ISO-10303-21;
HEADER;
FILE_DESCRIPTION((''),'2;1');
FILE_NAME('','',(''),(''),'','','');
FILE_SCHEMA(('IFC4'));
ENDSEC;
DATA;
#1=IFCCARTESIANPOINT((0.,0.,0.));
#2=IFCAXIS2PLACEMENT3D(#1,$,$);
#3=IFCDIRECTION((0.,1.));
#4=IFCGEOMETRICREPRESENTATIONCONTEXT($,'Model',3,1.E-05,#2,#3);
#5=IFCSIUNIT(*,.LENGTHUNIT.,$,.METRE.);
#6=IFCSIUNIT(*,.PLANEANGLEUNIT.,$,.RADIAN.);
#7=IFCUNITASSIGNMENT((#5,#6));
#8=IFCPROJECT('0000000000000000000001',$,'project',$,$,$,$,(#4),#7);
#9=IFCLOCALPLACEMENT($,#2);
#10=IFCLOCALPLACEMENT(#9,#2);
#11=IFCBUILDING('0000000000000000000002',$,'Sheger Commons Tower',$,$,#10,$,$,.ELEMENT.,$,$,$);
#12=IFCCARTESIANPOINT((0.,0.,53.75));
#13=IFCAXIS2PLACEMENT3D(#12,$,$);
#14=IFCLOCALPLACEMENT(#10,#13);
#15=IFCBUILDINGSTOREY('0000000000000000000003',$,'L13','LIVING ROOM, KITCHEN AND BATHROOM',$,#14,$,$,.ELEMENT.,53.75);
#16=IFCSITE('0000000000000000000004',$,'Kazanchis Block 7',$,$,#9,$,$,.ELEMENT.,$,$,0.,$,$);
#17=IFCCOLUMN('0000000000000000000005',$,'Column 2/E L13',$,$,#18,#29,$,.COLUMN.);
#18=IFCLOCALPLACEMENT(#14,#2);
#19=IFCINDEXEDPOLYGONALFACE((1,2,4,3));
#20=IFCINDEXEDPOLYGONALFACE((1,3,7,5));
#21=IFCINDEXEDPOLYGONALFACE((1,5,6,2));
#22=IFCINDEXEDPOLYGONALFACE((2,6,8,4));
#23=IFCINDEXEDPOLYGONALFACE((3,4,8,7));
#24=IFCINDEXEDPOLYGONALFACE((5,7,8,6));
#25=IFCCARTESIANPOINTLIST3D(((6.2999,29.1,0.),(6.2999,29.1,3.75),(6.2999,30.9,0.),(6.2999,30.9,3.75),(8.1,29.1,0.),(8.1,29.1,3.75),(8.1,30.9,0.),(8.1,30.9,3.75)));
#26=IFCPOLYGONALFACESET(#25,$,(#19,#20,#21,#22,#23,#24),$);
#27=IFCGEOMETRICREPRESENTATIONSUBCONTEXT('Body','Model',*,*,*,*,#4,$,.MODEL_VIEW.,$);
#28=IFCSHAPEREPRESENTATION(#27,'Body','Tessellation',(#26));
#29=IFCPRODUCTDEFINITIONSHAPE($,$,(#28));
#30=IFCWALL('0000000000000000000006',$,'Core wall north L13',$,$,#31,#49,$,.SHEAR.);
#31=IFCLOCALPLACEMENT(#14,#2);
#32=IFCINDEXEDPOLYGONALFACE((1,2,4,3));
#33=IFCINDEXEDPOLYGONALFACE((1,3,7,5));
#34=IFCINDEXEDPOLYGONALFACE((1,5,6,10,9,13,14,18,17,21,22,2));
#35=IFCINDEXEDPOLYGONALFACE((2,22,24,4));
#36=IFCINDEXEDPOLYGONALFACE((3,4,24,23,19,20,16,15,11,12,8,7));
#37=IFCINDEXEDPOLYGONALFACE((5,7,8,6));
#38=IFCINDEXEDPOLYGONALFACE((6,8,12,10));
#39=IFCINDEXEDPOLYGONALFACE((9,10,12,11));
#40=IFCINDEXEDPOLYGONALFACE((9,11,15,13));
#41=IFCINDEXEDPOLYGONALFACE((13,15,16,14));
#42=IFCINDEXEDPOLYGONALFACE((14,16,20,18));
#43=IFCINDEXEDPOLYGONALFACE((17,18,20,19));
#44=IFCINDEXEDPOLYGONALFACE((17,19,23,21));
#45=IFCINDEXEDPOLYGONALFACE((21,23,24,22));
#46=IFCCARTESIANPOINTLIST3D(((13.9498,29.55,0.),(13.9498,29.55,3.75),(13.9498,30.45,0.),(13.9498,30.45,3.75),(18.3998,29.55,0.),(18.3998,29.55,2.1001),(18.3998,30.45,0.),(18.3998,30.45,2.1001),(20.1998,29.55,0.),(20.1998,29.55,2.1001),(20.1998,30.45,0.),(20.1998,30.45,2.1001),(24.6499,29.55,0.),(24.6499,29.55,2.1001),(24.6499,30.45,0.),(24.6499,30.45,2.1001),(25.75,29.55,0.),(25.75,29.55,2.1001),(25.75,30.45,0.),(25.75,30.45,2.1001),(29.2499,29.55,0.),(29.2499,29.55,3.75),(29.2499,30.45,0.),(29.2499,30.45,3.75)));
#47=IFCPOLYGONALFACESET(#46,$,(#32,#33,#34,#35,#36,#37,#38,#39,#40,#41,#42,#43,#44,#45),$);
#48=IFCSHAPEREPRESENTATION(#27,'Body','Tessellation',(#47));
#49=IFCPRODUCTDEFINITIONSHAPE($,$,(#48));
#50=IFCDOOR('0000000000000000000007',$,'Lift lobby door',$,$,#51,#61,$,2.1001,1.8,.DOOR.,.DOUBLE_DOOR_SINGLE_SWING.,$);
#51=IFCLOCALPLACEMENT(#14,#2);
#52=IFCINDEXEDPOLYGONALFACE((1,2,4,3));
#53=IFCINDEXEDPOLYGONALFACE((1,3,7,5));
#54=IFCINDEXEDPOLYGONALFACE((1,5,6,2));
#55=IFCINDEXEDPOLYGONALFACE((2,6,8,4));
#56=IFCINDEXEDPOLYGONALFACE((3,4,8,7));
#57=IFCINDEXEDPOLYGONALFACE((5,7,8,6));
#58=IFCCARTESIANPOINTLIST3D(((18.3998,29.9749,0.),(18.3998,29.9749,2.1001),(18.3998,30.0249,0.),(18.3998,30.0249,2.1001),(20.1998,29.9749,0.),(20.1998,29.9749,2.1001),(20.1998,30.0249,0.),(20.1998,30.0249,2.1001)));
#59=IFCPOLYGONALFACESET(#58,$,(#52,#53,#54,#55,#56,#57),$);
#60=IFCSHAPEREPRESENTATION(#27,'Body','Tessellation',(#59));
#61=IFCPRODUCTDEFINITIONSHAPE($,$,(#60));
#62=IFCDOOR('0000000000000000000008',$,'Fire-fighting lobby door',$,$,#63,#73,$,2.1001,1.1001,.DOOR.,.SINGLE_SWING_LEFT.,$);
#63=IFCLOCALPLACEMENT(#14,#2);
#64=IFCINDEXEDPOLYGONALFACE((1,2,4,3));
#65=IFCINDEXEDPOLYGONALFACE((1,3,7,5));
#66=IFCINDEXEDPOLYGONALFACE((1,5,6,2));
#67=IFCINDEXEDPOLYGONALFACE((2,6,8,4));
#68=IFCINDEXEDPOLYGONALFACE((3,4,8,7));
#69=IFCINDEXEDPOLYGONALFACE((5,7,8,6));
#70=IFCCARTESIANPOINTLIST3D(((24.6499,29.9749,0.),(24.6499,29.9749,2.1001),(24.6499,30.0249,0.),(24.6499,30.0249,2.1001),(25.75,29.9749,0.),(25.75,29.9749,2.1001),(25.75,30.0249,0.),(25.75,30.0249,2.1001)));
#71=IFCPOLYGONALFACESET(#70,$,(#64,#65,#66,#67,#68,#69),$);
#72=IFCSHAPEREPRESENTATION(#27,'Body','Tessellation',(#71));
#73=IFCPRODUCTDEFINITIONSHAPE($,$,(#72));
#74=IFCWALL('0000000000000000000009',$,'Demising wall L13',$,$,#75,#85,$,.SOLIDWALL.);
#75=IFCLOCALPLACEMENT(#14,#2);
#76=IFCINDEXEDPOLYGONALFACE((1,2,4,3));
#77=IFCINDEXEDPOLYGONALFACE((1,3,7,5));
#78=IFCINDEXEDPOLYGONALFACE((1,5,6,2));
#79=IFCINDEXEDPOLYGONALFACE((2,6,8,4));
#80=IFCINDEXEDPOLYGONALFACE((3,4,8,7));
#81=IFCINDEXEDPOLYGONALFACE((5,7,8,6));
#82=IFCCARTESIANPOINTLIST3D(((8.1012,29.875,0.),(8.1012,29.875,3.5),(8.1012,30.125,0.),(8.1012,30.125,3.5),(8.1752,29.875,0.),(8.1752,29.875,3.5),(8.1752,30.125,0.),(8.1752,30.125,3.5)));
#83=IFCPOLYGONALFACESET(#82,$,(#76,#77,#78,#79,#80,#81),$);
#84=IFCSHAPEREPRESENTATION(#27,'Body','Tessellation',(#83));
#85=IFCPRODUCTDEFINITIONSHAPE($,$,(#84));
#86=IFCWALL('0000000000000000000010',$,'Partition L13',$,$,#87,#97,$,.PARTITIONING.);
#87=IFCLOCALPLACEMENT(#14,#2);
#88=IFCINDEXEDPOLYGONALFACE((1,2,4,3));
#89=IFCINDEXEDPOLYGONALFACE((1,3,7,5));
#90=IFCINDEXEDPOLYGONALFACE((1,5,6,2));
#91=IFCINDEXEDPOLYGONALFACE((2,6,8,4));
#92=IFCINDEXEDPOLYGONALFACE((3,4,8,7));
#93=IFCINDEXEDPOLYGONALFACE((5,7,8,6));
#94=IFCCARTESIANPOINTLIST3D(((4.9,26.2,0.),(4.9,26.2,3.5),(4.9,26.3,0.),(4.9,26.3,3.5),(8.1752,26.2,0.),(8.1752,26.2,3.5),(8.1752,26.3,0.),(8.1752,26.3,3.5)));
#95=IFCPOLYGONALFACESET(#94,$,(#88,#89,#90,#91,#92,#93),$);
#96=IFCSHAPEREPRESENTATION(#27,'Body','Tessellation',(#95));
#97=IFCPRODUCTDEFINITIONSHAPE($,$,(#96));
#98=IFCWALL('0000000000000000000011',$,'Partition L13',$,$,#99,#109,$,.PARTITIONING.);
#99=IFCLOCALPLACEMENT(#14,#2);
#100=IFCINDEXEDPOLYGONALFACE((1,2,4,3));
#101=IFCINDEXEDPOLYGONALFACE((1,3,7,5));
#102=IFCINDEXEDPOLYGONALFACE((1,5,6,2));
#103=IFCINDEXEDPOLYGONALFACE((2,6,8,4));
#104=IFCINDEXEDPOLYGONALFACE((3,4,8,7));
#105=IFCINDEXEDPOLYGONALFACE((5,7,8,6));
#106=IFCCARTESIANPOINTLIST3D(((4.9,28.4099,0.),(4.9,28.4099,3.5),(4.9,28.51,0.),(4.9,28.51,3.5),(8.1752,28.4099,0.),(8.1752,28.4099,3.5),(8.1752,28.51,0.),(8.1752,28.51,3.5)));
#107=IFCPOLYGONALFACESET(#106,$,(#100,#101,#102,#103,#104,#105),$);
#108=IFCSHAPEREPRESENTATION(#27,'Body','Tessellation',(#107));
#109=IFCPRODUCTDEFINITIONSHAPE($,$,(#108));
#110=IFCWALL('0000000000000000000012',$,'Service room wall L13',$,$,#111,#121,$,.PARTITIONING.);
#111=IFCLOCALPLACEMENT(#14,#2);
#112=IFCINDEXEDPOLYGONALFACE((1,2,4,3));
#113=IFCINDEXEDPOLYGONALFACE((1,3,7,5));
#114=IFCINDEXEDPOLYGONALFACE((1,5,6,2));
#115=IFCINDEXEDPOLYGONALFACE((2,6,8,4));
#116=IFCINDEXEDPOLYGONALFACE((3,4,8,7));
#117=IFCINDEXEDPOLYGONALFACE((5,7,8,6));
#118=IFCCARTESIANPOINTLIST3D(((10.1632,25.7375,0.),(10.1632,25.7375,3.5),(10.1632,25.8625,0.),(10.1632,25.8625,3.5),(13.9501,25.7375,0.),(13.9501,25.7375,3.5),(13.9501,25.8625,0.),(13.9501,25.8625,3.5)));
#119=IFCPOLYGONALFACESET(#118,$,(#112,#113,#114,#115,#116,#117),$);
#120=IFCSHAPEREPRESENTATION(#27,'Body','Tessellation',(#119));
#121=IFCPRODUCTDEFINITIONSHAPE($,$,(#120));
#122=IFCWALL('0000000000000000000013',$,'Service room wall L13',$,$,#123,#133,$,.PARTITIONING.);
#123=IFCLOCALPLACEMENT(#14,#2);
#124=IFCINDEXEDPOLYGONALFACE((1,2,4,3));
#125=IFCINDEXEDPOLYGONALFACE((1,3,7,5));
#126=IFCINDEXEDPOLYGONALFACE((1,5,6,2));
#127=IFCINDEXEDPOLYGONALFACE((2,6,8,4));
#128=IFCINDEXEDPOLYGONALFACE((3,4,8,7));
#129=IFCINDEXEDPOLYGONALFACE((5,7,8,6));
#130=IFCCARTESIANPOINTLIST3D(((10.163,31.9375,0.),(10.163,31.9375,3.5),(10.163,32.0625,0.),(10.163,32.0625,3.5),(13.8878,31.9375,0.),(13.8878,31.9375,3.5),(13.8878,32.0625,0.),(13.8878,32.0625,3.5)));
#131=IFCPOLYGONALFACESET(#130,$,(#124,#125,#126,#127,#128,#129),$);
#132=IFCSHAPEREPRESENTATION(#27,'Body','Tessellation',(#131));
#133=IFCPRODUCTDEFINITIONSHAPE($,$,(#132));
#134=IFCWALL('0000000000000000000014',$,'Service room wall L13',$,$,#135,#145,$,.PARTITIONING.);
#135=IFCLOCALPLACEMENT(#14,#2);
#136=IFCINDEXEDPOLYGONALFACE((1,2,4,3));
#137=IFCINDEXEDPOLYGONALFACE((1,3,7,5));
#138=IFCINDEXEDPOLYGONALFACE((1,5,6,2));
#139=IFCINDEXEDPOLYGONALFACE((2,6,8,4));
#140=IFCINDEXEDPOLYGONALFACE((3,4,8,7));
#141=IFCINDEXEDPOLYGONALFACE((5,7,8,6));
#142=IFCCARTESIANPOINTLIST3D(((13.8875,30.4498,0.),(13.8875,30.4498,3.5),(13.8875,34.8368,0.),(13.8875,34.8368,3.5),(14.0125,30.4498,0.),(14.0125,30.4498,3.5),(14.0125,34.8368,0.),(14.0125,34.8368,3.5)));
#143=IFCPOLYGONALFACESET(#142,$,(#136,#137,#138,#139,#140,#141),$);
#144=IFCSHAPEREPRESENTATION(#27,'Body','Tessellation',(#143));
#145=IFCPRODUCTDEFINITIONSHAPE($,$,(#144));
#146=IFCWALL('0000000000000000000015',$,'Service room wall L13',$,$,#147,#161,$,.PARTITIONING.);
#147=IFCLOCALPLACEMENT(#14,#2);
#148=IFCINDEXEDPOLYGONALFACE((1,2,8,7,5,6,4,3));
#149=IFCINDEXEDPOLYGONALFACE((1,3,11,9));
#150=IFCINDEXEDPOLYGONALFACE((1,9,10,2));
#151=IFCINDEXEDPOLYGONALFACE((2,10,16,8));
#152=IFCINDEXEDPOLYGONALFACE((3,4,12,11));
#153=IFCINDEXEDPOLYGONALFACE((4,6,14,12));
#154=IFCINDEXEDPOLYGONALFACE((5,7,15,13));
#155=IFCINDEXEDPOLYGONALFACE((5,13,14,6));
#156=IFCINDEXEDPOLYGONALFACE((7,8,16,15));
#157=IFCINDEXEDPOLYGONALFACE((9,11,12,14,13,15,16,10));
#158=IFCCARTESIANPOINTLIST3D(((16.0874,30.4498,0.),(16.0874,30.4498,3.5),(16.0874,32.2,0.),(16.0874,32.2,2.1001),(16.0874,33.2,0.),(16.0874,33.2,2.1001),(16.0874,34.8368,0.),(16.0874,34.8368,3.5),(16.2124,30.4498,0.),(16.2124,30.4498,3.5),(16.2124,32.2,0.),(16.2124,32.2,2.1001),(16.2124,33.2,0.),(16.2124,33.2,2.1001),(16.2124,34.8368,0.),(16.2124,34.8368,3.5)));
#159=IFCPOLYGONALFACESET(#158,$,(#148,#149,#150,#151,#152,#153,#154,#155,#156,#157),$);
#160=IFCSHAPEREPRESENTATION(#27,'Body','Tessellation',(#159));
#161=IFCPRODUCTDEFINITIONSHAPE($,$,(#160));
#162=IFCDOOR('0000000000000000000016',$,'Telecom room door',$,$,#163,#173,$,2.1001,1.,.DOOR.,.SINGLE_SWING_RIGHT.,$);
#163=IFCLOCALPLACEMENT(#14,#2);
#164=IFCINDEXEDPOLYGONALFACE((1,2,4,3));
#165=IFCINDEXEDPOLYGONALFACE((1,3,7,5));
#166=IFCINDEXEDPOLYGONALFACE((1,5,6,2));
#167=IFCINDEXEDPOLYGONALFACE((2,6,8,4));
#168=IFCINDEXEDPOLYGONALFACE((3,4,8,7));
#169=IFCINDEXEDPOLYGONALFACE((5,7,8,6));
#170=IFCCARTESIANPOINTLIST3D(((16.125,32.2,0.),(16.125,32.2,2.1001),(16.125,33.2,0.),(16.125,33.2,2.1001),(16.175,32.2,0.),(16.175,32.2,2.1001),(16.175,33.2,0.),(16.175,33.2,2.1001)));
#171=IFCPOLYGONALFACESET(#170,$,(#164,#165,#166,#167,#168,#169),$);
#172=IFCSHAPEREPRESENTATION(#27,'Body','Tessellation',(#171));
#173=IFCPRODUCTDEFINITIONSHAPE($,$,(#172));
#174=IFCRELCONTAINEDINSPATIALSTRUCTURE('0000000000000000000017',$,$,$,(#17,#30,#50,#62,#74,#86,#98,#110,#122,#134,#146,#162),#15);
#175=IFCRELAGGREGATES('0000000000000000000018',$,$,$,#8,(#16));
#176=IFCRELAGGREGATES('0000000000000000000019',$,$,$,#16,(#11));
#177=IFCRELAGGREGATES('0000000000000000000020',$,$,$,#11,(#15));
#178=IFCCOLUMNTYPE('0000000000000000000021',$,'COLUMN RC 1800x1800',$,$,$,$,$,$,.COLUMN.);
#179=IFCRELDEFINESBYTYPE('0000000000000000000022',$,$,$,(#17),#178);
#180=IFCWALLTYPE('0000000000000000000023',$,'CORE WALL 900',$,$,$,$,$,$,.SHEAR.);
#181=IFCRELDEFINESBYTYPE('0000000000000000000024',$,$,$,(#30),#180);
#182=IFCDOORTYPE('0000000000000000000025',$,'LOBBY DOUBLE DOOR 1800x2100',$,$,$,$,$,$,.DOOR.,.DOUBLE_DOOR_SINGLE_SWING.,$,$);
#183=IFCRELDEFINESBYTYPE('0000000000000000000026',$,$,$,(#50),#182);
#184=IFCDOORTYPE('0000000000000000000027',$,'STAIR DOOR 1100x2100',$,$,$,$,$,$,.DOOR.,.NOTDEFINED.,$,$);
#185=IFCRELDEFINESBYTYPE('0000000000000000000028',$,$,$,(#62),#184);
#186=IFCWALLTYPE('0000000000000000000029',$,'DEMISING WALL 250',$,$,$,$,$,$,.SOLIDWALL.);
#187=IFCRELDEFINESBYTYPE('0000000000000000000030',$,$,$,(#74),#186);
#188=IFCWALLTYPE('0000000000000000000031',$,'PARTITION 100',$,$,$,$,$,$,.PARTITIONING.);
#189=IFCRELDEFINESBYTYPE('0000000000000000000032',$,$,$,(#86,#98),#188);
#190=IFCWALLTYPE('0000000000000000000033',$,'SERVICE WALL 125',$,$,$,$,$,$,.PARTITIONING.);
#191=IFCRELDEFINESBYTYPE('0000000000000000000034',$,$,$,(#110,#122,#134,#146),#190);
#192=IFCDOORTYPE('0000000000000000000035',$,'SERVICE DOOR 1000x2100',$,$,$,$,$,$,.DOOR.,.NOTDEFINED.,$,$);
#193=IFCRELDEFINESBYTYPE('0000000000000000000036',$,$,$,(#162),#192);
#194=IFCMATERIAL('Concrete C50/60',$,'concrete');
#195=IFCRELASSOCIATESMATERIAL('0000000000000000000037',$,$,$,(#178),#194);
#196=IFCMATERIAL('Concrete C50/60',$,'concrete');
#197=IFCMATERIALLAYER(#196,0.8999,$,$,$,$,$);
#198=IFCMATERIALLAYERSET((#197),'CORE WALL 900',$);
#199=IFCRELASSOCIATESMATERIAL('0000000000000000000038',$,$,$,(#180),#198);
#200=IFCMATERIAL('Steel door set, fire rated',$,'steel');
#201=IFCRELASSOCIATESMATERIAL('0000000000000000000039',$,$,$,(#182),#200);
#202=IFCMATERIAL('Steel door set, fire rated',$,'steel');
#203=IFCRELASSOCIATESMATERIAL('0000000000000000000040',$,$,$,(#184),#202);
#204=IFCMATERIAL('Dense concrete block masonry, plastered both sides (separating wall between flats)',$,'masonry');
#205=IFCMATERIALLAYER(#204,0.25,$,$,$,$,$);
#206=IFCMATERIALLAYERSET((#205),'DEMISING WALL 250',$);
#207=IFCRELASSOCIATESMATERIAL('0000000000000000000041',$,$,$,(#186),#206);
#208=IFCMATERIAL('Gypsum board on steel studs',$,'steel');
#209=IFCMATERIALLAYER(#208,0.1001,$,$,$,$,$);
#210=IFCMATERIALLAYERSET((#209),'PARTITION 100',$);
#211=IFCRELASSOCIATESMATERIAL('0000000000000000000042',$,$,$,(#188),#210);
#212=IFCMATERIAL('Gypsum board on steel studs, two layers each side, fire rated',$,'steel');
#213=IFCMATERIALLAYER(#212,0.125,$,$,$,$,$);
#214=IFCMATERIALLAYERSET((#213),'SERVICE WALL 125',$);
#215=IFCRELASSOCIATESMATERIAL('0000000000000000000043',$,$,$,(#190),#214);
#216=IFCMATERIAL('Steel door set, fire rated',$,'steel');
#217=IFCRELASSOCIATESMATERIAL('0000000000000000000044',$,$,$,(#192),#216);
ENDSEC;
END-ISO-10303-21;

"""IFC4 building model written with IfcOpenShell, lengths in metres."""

from ifc_helpers import new_model, si_unit, direction, frame, frame_2d, origin, origin_2d, place, context, subcontext, project, spatial, rectangle, extrude, material, layer, layer_set, material_profile, profile_set, type_object, element, fill, save


model = new_model("IFC4")

# Units and contexts
model_context = context("Model", 3, precision=1e-05, world=origin(), true_north=direction((0.0, 1.0)))
body_context = subcontext(model_context, "Body", "Model", "MODEL_VIEW")
ifc_project = project(units=[si_unit("LENGTHUNIT", "METRE"), si_unit("PLANEANGLEUNIT", "RADIAN")], contexts=[model_context])

# Site, building, storey
site_placement = place(None, origin())
site = spatial("IfcSite", under=ifc_project, at=site_placement, Name="Kazanchis Block 7", CompositionType="ELEMENT", RefElevation=0.0)
building_placement = place(site_placement, origin())
building = spatial("IfcBuilding", under=site, at=building_placement, Name="Sheger Commons Tower", CompositionType="ELEMENT")
storey_placement = place(building_placement, frame((0.0, 0.0, 53.75)))
storey = spatial("IfcBuildingStorey", under=building, at=storey_placement, Name="L13", Description="LIVING ROOM, KITCHEN AND BATHROOM", CompositionType="ELEMENT", Elevation=53.75)

# Column
ifc_material_1 = material(Name="Concrete C50/60", Category="concrete")
ifc_material_profile = material_profile(ifc_material_1, rectangle(XDim=1.8, YDim=1.8, at=origin_2d()), Name="RC 1800x1800")
ifc_profile_set = profile_set([ifc_material_profile], Name="Concrete C50/60")
column_type = type_object("IfcColumnType", Name="COLUMN RC 1800x1800", PredefinedType="COLUMN", material=ifc_profile_set)
column_placement = place(storey_placement, frame((7.2, 30.0, 0.0), z_axis=(0.0, 0.0, 1.0), x_axis=(1.0, 0.0, 0.0)))
element("IfcColumn", 1, at=column_placement, inside=storey, type_object=column_type, Name="Column 2/E L13", PredefinedType="COLUMN", context=body_context, shape_type="SweptSolid", body=[
    extrude(rectangle(XDim=1.8, YDim=1.8, at=origin_2d()), origin(), (0.0, 0.0, 1.0), 3.75),
])

# Wall, openings, doors
ifc_material_2 = material(Name="Concrete C50/60", Category="concrete")
ifc_layer_1 = layer(ifc_material_2, 0.8999)
ifc_layer_set_1 = layer_set([ifc_layer_1], Name="CORE WALL 900")
wall_type_1 = type_object("IfcWallType", Name="CORE WALL 900", PredefinedType="SHEAR", material=ifc_layer_set_1)
wall_1_placement = place(storey_placement, frame((13.95, 30.0, 0.0), z_axis=(0.0, 0.0, 1.0), x_axis=(1.0, 0.0, 0.0)))
wall_1 = element("IfcWall", 2, at=wall_1_placement, inside=storey, type_object=wall_type_1, Name="Core wall north L13", PredefinedType="SHEAR", context=body_context, shape_type="SweptSolid", body=[
    extrude(rectangle(XDim=15.3, YDim=0.8999, at=frame_2d((7.6499, 0.0))), origin(), (0.0, 0.0, 1.0), 3.75),
])
opening_1_placement = place(wall_1_placement, frame((4.45, 0.0, 0.0)))
opening_1 = element("IfcOpeningElement", 3, at=opening_1_placement, cuts=wall_1, PredefinedType="OPENING", context=body_context, shape_type="SweptSolid", body=[
    extrude(rectangle(XDim=1.8, YDim=2.1001, at=frame_2d((0.8999, 1.05))), frame((0.0, 0.46, 0.0), z_axis=(0.0, -1.0, 0.0), x_axis=(1.0, 0.0, 0.0)), (0.0, 0.0, 1.0), 0.9199),
])
opening_2_placement = place(wall_1_placement, frame((10.7, 0.0, 0.0)))
opening_2 = element("IfcOpeningElement", 4, at=opening_2_placement, cuts=wall_1, PredefinedType="OPENING", context=body_context, shape_type="SweptSolid", body=[
    extrude(rectangle(XDim=1.1001, YDim=2.1001, at=frame_2d((0.55, 1.05))), frame((0.0, 0.46, 0.0), z_axis=(0.0, -1.0, 0.0), x_axis=(1.0, 0.0, 0.0)), (0.0, 0.0, 1.0), 0.9199),
])
ifc_material_3 = material(Name="Steel door set, fire rated", Category="steel")
door_type_1 = type_object("IfcDoorType", Name="LOBBY DOUBLE DOOR 1800x2100", OperationType="DOUBLE_DOOR_SINGLE_SWING", PredefinedType="DOOR", material=ifc_material_3)
door_1_placement = place(opening_1_placement, origin())
door_1 = element("IfcDoor", 5, at=door_1_placement, inside=storey, type_object=door_type_1, Name="Lift lobby door", OperationType="DOUBLE_DOOR_SINGLE_SWING", OverallHeight=2.1001, OverallWidth=1.8, PredefinedType="DOOR", context=body_context, shape_type="SweptSolid", body=[
    extrude(rectangle(XDim=1.8, YDim=2.1001, at=frame_2d((0.8999, 1.05))), frame((0.0, 0.0249, 0.0), z_axis=(0.0, -1.0, 0.0), x_axis=(1.0, 0.0, 0.0)), (0.0, 0.0, 1.0), 0.05),
])
fill(opening_1, door_1)
ifc_material_4 = material(Name="Steel door set, fire rated", Category="steel")
door_type_2 = type_object("IfcDoorType", Name="STAIR DOOR 1100x2100", OperationType="NOTDEFINED", PredefinedType="DOOR", material=ifc_material_4)
door_2_placement = place(opening_2_placement, origin())
door_2 = element("IfcDoor", 6, at=door_2_placement, inside=storey, type_object=door_type_2, Name="Fire-fighting lobby door", OperationType="SINGLE_SWING_LEFT", OverallHeight=2.1001, OverallWidth=1.1001, PredefinedType="DOOR", context=body_context, shape_type="SweptSolid", body=[
    extrude(rectangle(XDim=1.1001, YDim=2.1001, at=frame_2d((0.55, 1.05))), frame((0.0, 0.0249, 0.0), z_axis=(0.0, -1.0, 0.0), x_axis=(1.0, 0.0, 0.0)), (0.0, 0.0, 1.0), 0.05),
])
fill(opening_2, door_2)

# Walls
ifc_material_5 = material(Name="Dense concrete block masonry, plastered both sides (separating wall between flats)", Category="masonry")
ifc_layer_2 = layer(ifc_material_5, 0.25)
ifc_layer_set_2 = layer_set([ifc_layer_2], Name="DEMISING WALL 250")
wall_type_2 = type_object("IfcWallType", Name="DEMISING WALL 250", PredefinedType="SOLIDWALL", material=ifc_layer_set_2)
wall_2_placement = place(storey_placement, frame((8.1011, 30.0, 0.0), z_axis=(0.0, 0.0, 1.0), x_axis=(1.0, 0.0, 0.0)))
element("IfcWall", 7, at=wall_2_placement, inside=storey, type_object=wall_type_2, Name="Demising wall L13", PredefinedType="SOLIDWALL", context=body_context, shape_type="SweptSolid", body=[
    extrude(rectangle(XDim=0.074, YDim=0.25, at=frame_2d((0.0371, 0.0))), origin(), (0.0, 0.0, 1.0), 3.5),
])
ifc_material_6 = material(Name="Gypsum board on steel studs", Category="steel")
ifc_layer_3 = layer(ifc_material_6, 0.1001)
ifc_layer_set_3 = layer_set([ifc_layer_3], Name="PARTITION 100")
wall_type_3 = type_object("IfcWallType", Name="PARTITION 100", PredefinedType="PARTITIONING", material=ifc_layer_set_3)
for number, where, z_axis, x_axis, name in (
    (8, (4.8999, 26.25, 0.0), (0.0, 0.0, 1.0), (1.0, 0.0, 0.0), "Partition L13"),
    (9, (4.8999, 28.46, 0.0), (0.0, 0.0, 1.0), (1.0, 0.0, 0.0), "Partition L13"),
):
    element("IfcWall", number, at=place(storey_placement, frame(where, z_axis=z_axis, x_axis=x_axis)), inside=storey, type_object=wall_type_3, Name=name, PredefinedType="PARTITIONING", context=body_context, shape_type="SweptSolid", body=[
        extrude(rectangle(XDim=3.2751, YDim=0.1001, at=frame_2d((1.6377, 0.0))), origin(), (0.0, 0.0, 1.0), 3.5),
    ])
ifc_material_7 = material(Name="Gypsum board on steel studs, two layers each side, fire rated", Category="steel")
ifc_layer_4 = layer(ifc_material_7, 0.125)
ifc_layer_set_4 = layer_set([ifc_layer_4], Name="SERVICE WALL 125")
wall_type_4 = type_object("IfcWallType", Name="SERVICE WALL 125", PredefinedType="PARTITIONING", material=ifc_layer_set_4)
wall_3_placement = place(storey_placement, frame((10.1631, 25.8, 0.0), z_axis=(0.0, 0.0, 1.0), x_axis=(1.0, 0.0, 0.0)))
element("IfcWall", 10, at=wall_3_placement, inside=storey, type_object=wall_type_4, Name="Service room wall L13", PredefinedType="PARTITIONING", context=body_context, shape_type="SweptSolid", body=[
    extrude(rectangle(XDim=3.7869, YDim=0.125, at=frame_2d((1.8936, 0.0))), origin(), (0.0, 0.0, 1.0), 3.5),
])
wall_4_placement = place(storey_placement, frame((10.1631, 32.0, 0.0), z_axis=(0.0, 0.0, 1.0), x_axis=(1.0, 0.0, 0.0)))
element("IfcWall", 11, at=wall_4_placement, inside=storey, type_object=wall_type_4, Name="Service room wall L13", PredefinedType="PARTITIONING", context=body_context, shape_type="SweptSolid", body=[
    extrude(rectangle(XDim=3.7249, YDim=0.125, at=frame_2d((1.8623, 0.0))), origin(), (0.0, 0.0, 1.0), 3.5),
])
wall_5_placement = place(storey_placement, frame((13.95, 30.45, 0.0), z_axis=(0.0, 0.0, 1.0), x_axis=(0.0, 1.0, 0.0)))
element("IfcWall", 12, at=wall_5_placement, inside=storey, type_object=wall_type_4, Name="Service room wall L13", PredefinedType="PARTITIONING", context=body_context, shape_type="SweptSolid", body=[
    extrude(rectangle(XDim=4.387, YDim=0.125, at=frame_2d((2.1934, 0.0))), origin(), (0.0, 0.0, 1.0), 3.5),
])

# Wall, opening, door
wall_6_placement = place(storey_placement, frame((16.1499, 30.45, 0.0), z_axis=(0.0, 0.0, 1.0), x_axis=(0.0, 1.0, 0.0)))
wall_6 = element("IfcWall", 13, at=wall_6_placement, inside=storey, type_object=wall_type_4, Name="Service room wall L13", PredefinedType="PARTITIONING", context=body_context, shape_type="SweptSolid", body=[
    extrude(rectangle(XDim=4.387, YDim=0.125, at=frame_2d((2.1934, 0.0))), origin(), (0.0, 0.0, 1.0), 3.5),
])
opening_3_placement = place(wall_6_placement, frame((1.75, 0.0, 0.0)))
opening_3 = element("IfcOpeningElement", 14, at=opening_3_placement, cuts=wall_6, PredefinedType="OPENING", context=body_context, shape_type="SweptSolid", body=[
    extrude(rectangle(XDim=1.0, YDim=2.1001, at=frame_2d((0.5, 1.05))), frame((0.0, 0.0725, 0.0), z_axis=(0.0, -1.0, 0.0), x_axis=(1.0, 0.0, 0.0)), (0.0, 0.0, 1.0), 0.145),
])
ifc_material_8 = material(Name="Steel door set, fire rated", Category="steel")
door_type_3 = type_object("IfcDoorType", Name="SERVICE DOOR 1000x2100", OperationType="NOTDEFINED", PredefinedType="DOOR", material=ifc_material_8)
door_3_placement = place(opening_3_placement, origin())
door_3 = element("IfcDoor", 15, at=door_3_placement, inside=storey, type_object=door_type_3, Name="Telecom room door", OperationType="SINGLE_SWING_RIGHT", OverallHeight=2.1001, OverallWidth=1.0, PredefinedType="DOOR", context=body_context, shape_type="SweptSolid", body=[
    extrude(rectangle(XDim=1.0, YDim=2.1001, at=frame_2d((0.5, 1.05))), frame((0.0, 0.0249, 0.0), z_axis=(0.0, -1.0, 0.0), x_axis=(1.0, 0.0, 0.0)), (0.0, 0.0, 1.0), 0.05),
])
fill(opening_3, door_3)

save(model, "model.ifc")
